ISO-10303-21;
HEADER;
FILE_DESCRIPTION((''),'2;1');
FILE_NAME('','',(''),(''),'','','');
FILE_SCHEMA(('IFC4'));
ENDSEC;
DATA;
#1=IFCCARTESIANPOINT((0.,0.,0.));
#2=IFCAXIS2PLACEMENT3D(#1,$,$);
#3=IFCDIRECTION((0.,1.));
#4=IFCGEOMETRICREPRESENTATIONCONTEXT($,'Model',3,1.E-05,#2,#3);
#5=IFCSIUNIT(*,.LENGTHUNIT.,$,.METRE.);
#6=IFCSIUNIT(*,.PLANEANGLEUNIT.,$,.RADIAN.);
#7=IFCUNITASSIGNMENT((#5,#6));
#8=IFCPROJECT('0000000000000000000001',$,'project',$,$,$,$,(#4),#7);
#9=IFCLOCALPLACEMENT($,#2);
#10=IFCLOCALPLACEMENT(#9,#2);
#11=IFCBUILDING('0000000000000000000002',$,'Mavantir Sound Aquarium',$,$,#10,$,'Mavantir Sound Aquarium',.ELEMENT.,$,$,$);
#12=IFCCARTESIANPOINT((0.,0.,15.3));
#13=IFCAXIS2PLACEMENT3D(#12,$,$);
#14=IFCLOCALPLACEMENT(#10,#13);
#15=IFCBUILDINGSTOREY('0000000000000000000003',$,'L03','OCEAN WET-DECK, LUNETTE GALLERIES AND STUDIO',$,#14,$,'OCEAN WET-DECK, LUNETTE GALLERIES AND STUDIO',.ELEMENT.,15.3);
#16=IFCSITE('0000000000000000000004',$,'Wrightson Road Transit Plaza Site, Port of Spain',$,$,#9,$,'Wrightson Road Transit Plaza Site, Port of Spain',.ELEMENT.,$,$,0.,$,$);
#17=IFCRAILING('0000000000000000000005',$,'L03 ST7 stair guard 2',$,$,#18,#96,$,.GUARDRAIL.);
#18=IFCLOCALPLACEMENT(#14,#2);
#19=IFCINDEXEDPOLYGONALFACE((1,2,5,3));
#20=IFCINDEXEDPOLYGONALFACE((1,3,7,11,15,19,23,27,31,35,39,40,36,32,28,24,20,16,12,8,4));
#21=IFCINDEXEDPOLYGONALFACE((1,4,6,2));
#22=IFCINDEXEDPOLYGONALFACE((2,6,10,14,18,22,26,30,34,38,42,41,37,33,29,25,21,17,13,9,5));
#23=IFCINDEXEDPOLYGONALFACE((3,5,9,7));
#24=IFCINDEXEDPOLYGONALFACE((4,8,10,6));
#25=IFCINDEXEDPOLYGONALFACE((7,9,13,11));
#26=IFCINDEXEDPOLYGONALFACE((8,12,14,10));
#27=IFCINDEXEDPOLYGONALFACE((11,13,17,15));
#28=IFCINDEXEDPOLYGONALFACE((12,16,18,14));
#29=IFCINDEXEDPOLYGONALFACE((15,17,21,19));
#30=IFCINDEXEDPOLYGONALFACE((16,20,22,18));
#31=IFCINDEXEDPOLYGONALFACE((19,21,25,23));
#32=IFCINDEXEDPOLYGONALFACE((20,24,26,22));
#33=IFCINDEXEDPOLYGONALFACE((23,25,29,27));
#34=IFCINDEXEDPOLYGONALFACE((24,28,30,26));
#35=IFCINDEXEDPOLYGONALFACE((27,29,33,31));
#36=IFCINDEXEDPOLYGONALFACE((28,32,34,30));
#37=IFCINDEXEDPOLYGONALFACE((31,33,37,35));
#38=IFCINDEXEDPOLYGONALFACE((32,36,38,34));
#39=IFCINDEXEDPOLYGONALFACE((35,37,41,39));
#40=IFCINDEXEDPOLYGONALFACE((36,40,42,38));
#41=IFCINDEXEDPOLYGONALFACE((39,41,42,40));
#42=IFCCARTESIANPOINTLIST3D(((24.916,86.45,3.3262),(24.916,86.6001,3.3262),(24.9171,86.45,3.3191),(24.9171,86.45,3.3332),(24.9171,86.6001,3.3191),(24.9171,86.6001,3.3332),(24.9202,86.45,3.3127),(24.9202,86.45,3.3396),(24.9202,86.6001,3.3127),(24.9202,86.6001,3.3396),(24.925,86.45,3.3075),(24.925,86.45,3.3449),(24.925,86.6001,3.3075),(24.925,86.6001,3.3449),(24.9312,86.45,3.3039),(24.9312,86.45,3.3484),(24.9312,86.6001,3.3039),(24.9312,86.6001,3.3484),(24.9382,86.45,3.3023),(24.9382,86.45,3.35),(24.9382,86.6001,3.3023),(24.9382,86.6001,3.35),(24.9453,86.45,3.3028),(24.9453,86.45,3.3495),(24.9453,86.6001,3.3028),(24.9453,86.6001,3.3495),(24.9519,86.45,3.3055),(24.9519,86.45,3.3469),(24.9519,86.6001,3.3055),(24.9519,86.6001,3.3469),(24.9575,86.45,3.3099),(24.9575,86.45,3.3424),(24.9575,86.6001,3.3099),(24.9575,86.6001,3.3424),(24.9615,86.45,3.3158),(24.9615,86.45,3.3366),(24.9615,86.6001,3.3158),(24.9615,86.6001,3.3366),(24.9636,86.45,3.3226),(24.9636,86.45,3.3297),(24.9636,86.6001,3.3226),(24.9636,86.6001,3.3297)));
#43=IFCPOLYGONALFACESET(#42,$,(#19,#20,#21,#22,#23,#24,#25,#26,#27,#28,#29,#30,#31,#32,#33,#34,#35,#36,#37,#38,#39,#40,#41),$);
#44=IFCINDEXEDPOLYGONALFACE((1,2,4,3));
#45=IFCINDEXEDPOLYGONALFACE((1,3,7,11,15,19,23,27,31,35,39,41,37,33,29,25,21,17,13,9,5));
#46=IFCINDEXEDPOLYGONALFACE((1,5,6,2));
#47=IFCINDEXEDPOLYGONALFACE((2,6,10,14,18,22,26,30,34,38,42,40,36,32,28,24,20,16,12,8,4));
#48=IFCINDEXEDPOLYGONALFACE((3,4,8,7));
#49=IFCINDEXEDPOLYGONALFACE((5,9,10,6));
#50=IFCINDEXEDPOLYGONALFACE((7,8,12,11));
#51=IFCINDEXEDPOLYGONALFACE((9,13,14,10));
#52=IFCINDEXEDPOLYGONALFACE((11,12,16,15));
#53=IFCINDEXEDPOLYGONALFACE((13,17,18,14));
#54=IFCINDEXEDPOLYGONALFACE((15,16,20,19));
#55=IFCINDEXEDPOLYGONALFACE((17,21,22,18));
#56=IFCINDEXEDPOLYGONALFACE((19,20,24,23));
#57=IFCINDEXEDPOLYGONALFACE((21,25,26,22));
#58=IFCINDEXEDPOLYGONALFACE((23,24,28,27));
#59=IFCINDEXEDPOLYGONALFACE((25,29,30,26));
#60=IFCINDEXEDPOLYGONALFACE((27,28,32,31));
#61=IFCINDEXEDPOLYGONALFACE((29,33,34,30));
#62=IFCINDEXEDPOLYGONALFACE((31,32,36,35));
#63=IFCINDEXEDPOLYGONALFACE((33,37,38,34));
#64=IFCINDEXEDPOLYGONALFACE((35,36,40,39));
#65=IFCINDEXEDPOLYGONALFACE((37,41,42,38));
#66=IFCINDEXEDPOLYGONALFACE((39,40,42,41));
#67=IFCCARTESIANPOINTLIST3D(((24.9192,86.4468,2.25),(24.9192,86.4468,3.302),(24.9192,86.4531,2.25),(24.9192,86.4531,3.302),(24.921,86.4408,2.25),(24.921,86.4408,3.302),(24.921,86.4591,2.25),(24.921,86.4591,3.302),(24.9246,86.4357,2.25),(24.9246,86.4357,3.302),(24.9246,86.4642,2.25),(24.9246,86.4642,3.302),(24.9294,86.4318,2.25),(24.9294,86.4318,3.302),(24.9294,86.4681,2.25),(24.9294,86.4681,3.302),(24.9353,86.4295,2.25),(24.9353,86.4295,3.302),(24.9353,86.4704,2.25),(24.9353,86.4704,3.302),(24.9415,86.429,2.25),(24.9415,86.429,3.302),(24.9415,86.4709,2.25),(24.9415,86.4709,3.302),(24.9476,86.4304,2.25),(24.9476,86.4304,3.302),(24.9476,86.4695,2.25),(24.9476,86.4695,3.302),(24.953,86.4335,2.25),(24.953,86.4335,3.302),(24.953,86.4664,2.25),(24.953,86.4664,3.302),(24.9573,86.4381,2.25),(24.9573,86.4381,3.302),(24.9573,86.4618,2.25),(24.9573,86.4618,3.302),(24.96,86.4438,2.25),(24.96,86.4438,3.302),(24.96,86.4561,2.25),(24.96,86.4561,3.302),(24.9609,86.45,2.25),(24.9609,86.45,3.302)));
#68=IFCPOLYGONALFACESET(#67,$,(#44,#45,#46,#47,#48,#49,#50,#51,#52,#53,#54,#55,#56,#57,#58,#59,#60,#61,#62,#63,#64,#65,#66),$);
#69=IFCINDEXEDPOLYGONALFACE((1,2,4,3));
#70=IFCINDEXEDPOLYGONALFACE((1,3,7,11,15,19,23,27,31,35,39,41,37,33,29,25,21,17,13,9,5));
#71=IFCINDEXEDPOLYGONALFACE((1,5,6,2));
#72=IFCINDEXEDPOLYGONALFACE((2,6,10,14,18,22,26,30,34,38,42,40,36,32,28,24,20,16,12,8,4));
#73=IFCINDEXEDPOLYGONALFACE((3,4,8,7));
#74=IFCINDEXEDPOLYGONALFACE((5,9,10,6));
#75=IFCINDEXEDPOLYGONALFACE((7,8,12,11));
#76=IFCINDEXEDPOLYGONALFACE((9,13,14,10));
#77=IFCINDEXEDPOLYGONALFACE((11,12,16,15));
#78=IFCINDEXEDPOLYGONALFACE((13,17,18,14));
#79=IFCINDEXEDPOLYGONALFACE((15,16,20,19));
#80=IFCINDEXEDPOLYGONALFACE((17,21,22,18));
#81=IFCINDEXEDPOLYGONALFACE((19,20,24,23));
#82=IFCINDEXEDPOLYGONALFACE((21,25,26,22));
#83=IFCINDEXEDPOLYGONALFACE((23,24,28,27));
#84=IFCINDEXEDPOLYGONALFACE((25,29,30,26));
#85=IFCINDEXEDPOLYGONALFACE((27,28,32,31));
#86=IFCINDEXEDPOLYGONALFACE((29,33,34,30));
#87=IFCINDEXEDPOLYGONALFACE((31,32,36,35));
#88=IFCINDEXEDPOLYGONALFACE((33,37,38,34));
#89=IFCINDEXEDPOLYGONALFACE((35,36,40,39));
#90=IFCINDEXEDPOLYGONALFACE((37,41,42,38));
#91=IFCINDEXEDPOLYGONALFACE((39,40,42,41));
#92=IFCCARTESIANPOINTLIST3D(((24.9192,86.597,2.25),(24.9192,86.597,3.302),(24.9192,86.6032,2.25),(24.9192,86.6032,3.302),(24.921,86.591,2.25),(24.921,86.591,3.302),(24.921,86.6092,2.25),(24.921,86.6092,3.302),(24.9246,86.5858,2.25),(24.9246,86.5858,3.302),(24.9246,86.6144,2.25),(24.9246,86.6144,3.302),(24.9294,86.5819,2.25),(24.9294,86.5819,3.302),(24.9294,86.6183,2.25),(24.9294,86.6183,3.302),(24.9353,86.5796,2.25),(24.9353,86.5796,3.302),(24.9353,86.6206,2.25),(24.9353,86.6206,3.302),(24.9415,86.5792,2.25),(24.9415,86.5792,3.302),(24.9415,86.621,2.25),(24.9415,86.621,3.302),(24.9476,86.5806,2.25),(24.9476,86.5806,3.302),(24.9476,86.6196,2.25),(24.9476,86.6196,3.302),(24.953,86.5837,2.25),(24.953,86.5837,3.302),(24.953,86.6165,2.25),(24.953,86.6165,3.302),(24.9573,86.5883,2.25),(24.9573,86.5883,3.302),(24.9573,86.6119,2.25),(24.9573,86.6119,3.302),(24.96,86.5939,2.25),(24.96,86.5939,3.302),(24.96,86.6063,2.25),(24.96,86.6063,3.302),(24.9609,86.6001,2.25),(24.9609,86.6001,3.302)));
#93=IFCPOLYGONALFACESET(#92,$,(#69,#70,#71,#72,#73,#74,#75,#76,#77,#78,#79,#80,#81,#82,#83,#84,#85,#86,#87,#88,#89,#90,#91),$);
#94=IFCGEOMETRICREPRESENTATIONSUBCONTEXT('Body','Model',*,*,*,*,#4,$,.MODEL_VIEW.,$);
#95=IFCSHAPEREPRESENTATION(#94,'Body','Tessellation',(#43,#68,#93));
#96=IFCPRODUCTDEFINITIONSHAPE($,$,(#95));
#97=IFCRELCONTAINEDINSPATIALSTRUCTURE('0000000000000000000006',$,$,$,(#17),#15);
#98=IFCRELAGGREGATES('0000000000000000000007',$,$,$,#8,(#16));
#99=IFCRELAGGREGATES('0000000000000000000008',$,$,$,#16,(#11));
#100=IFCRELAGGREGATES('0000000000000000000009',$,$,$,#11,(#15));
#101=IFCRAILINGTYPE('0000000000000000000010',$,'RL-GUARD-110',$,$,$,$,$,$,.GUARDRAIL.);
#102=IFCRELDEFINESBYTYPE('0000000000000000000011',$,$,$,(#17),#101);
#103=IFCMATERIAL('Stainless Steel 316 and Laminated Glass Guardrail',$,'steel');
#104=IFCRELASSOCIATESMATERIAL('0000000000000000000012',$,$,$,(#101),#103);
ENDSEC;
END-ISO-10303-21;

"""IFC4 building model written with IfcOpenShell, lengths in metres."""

from ifc_helpers import new_model, si_unit, direction, frame, origin, origin_2d, place, context, subcontext, project, spatial, circle, extrude, material, type_object, element, save


model = new_model("IFC4")

# Units and contexts
model_context = context("Model", 3, precision=1e-05, world=origin(), true_north=direction((0.0, 1.0)))
body_context = subcontext(model_context, "Body", "Model", "MODEL_VIEW")
ifc_project = project(units=[si_unit("LENGTHUNIT", "METRE"), si_unit("PLANEANGLEUNIT", "RADIAN")], contexts=[model_context])

# Site, building, storey
site_placement = place(None, origin())
site = spatial("IfcSite", under=ifc_project, at=site_placement, Name="Wrightson Road Transit Plaza Site, Port of Spain", LongName="Wrightson Road Transit Plaza Site, Port of Spain", CompositionType="ELEMENT", RefElevation=0.0)
building_placement = place(site_placement, origin())
building = spatial("IfcBuilding", under=site, at=building_placement, Name="Mavantir Sound Aquarium", LongName="Mavantir Sound Aquarium", CompositionType="ELEMENT")
storey_placement = place(building_placement, frame((0.0, 0.0, 15.3)))
storey = spatial("IfcBuildingStorey", under=building, at=storey_placement, Name="L03", Description="OCEAN WET-DECK, LUNETTE GALLERIES AND STUDIO", LongName="OCEAN WET-DECK, LUNETTE GALLERIES AND STUDIO", CompositionType="ELEMENT", Elevation=15.3)

# Railing
ifc_material_1 = material(Name="Stainless Steel 316 and Laminated Glass Guardrail", Category="steel")
railing_type_1 = type_object("IfcRailingType", Name="RL-GUARD-110", PredefinedType="GUARDRAIL", material=ifc_material_1)
railing_1_placement = place(storey_placement, frame((24.9399, 86.45, 2.25)))
element("IfcRailing", 1, at=railing_1_placement, inside=storey, type_object=railing_type_1, Name="L03 ST7 stair guard 2", PredefinedType="GUARDRAIL", context=body_context, shape_type="SweptSolid", body=[
    extrude(circle(Radius=0.0239, at=origin_2d()), frame((0.0, 0.0, 1.0762), z_axis=(0.0, 1.0, 0.0), x_axis=(-1.0, 0.0, 0.0)), (0.0, 0.0, 1.0), 0.1501),
    extrude(circle(Radius=0.021, at=origin_2d()), origin(), (0.0, 0.0, 1.0), 1.052),
    extrude(circle(Radius=0.021, at=origin_2d()), frame((0.0, 0.1501, 0.0)), (0.0, 0.0, 1.0), 1.052),
])

save(model, "model.ifc")
